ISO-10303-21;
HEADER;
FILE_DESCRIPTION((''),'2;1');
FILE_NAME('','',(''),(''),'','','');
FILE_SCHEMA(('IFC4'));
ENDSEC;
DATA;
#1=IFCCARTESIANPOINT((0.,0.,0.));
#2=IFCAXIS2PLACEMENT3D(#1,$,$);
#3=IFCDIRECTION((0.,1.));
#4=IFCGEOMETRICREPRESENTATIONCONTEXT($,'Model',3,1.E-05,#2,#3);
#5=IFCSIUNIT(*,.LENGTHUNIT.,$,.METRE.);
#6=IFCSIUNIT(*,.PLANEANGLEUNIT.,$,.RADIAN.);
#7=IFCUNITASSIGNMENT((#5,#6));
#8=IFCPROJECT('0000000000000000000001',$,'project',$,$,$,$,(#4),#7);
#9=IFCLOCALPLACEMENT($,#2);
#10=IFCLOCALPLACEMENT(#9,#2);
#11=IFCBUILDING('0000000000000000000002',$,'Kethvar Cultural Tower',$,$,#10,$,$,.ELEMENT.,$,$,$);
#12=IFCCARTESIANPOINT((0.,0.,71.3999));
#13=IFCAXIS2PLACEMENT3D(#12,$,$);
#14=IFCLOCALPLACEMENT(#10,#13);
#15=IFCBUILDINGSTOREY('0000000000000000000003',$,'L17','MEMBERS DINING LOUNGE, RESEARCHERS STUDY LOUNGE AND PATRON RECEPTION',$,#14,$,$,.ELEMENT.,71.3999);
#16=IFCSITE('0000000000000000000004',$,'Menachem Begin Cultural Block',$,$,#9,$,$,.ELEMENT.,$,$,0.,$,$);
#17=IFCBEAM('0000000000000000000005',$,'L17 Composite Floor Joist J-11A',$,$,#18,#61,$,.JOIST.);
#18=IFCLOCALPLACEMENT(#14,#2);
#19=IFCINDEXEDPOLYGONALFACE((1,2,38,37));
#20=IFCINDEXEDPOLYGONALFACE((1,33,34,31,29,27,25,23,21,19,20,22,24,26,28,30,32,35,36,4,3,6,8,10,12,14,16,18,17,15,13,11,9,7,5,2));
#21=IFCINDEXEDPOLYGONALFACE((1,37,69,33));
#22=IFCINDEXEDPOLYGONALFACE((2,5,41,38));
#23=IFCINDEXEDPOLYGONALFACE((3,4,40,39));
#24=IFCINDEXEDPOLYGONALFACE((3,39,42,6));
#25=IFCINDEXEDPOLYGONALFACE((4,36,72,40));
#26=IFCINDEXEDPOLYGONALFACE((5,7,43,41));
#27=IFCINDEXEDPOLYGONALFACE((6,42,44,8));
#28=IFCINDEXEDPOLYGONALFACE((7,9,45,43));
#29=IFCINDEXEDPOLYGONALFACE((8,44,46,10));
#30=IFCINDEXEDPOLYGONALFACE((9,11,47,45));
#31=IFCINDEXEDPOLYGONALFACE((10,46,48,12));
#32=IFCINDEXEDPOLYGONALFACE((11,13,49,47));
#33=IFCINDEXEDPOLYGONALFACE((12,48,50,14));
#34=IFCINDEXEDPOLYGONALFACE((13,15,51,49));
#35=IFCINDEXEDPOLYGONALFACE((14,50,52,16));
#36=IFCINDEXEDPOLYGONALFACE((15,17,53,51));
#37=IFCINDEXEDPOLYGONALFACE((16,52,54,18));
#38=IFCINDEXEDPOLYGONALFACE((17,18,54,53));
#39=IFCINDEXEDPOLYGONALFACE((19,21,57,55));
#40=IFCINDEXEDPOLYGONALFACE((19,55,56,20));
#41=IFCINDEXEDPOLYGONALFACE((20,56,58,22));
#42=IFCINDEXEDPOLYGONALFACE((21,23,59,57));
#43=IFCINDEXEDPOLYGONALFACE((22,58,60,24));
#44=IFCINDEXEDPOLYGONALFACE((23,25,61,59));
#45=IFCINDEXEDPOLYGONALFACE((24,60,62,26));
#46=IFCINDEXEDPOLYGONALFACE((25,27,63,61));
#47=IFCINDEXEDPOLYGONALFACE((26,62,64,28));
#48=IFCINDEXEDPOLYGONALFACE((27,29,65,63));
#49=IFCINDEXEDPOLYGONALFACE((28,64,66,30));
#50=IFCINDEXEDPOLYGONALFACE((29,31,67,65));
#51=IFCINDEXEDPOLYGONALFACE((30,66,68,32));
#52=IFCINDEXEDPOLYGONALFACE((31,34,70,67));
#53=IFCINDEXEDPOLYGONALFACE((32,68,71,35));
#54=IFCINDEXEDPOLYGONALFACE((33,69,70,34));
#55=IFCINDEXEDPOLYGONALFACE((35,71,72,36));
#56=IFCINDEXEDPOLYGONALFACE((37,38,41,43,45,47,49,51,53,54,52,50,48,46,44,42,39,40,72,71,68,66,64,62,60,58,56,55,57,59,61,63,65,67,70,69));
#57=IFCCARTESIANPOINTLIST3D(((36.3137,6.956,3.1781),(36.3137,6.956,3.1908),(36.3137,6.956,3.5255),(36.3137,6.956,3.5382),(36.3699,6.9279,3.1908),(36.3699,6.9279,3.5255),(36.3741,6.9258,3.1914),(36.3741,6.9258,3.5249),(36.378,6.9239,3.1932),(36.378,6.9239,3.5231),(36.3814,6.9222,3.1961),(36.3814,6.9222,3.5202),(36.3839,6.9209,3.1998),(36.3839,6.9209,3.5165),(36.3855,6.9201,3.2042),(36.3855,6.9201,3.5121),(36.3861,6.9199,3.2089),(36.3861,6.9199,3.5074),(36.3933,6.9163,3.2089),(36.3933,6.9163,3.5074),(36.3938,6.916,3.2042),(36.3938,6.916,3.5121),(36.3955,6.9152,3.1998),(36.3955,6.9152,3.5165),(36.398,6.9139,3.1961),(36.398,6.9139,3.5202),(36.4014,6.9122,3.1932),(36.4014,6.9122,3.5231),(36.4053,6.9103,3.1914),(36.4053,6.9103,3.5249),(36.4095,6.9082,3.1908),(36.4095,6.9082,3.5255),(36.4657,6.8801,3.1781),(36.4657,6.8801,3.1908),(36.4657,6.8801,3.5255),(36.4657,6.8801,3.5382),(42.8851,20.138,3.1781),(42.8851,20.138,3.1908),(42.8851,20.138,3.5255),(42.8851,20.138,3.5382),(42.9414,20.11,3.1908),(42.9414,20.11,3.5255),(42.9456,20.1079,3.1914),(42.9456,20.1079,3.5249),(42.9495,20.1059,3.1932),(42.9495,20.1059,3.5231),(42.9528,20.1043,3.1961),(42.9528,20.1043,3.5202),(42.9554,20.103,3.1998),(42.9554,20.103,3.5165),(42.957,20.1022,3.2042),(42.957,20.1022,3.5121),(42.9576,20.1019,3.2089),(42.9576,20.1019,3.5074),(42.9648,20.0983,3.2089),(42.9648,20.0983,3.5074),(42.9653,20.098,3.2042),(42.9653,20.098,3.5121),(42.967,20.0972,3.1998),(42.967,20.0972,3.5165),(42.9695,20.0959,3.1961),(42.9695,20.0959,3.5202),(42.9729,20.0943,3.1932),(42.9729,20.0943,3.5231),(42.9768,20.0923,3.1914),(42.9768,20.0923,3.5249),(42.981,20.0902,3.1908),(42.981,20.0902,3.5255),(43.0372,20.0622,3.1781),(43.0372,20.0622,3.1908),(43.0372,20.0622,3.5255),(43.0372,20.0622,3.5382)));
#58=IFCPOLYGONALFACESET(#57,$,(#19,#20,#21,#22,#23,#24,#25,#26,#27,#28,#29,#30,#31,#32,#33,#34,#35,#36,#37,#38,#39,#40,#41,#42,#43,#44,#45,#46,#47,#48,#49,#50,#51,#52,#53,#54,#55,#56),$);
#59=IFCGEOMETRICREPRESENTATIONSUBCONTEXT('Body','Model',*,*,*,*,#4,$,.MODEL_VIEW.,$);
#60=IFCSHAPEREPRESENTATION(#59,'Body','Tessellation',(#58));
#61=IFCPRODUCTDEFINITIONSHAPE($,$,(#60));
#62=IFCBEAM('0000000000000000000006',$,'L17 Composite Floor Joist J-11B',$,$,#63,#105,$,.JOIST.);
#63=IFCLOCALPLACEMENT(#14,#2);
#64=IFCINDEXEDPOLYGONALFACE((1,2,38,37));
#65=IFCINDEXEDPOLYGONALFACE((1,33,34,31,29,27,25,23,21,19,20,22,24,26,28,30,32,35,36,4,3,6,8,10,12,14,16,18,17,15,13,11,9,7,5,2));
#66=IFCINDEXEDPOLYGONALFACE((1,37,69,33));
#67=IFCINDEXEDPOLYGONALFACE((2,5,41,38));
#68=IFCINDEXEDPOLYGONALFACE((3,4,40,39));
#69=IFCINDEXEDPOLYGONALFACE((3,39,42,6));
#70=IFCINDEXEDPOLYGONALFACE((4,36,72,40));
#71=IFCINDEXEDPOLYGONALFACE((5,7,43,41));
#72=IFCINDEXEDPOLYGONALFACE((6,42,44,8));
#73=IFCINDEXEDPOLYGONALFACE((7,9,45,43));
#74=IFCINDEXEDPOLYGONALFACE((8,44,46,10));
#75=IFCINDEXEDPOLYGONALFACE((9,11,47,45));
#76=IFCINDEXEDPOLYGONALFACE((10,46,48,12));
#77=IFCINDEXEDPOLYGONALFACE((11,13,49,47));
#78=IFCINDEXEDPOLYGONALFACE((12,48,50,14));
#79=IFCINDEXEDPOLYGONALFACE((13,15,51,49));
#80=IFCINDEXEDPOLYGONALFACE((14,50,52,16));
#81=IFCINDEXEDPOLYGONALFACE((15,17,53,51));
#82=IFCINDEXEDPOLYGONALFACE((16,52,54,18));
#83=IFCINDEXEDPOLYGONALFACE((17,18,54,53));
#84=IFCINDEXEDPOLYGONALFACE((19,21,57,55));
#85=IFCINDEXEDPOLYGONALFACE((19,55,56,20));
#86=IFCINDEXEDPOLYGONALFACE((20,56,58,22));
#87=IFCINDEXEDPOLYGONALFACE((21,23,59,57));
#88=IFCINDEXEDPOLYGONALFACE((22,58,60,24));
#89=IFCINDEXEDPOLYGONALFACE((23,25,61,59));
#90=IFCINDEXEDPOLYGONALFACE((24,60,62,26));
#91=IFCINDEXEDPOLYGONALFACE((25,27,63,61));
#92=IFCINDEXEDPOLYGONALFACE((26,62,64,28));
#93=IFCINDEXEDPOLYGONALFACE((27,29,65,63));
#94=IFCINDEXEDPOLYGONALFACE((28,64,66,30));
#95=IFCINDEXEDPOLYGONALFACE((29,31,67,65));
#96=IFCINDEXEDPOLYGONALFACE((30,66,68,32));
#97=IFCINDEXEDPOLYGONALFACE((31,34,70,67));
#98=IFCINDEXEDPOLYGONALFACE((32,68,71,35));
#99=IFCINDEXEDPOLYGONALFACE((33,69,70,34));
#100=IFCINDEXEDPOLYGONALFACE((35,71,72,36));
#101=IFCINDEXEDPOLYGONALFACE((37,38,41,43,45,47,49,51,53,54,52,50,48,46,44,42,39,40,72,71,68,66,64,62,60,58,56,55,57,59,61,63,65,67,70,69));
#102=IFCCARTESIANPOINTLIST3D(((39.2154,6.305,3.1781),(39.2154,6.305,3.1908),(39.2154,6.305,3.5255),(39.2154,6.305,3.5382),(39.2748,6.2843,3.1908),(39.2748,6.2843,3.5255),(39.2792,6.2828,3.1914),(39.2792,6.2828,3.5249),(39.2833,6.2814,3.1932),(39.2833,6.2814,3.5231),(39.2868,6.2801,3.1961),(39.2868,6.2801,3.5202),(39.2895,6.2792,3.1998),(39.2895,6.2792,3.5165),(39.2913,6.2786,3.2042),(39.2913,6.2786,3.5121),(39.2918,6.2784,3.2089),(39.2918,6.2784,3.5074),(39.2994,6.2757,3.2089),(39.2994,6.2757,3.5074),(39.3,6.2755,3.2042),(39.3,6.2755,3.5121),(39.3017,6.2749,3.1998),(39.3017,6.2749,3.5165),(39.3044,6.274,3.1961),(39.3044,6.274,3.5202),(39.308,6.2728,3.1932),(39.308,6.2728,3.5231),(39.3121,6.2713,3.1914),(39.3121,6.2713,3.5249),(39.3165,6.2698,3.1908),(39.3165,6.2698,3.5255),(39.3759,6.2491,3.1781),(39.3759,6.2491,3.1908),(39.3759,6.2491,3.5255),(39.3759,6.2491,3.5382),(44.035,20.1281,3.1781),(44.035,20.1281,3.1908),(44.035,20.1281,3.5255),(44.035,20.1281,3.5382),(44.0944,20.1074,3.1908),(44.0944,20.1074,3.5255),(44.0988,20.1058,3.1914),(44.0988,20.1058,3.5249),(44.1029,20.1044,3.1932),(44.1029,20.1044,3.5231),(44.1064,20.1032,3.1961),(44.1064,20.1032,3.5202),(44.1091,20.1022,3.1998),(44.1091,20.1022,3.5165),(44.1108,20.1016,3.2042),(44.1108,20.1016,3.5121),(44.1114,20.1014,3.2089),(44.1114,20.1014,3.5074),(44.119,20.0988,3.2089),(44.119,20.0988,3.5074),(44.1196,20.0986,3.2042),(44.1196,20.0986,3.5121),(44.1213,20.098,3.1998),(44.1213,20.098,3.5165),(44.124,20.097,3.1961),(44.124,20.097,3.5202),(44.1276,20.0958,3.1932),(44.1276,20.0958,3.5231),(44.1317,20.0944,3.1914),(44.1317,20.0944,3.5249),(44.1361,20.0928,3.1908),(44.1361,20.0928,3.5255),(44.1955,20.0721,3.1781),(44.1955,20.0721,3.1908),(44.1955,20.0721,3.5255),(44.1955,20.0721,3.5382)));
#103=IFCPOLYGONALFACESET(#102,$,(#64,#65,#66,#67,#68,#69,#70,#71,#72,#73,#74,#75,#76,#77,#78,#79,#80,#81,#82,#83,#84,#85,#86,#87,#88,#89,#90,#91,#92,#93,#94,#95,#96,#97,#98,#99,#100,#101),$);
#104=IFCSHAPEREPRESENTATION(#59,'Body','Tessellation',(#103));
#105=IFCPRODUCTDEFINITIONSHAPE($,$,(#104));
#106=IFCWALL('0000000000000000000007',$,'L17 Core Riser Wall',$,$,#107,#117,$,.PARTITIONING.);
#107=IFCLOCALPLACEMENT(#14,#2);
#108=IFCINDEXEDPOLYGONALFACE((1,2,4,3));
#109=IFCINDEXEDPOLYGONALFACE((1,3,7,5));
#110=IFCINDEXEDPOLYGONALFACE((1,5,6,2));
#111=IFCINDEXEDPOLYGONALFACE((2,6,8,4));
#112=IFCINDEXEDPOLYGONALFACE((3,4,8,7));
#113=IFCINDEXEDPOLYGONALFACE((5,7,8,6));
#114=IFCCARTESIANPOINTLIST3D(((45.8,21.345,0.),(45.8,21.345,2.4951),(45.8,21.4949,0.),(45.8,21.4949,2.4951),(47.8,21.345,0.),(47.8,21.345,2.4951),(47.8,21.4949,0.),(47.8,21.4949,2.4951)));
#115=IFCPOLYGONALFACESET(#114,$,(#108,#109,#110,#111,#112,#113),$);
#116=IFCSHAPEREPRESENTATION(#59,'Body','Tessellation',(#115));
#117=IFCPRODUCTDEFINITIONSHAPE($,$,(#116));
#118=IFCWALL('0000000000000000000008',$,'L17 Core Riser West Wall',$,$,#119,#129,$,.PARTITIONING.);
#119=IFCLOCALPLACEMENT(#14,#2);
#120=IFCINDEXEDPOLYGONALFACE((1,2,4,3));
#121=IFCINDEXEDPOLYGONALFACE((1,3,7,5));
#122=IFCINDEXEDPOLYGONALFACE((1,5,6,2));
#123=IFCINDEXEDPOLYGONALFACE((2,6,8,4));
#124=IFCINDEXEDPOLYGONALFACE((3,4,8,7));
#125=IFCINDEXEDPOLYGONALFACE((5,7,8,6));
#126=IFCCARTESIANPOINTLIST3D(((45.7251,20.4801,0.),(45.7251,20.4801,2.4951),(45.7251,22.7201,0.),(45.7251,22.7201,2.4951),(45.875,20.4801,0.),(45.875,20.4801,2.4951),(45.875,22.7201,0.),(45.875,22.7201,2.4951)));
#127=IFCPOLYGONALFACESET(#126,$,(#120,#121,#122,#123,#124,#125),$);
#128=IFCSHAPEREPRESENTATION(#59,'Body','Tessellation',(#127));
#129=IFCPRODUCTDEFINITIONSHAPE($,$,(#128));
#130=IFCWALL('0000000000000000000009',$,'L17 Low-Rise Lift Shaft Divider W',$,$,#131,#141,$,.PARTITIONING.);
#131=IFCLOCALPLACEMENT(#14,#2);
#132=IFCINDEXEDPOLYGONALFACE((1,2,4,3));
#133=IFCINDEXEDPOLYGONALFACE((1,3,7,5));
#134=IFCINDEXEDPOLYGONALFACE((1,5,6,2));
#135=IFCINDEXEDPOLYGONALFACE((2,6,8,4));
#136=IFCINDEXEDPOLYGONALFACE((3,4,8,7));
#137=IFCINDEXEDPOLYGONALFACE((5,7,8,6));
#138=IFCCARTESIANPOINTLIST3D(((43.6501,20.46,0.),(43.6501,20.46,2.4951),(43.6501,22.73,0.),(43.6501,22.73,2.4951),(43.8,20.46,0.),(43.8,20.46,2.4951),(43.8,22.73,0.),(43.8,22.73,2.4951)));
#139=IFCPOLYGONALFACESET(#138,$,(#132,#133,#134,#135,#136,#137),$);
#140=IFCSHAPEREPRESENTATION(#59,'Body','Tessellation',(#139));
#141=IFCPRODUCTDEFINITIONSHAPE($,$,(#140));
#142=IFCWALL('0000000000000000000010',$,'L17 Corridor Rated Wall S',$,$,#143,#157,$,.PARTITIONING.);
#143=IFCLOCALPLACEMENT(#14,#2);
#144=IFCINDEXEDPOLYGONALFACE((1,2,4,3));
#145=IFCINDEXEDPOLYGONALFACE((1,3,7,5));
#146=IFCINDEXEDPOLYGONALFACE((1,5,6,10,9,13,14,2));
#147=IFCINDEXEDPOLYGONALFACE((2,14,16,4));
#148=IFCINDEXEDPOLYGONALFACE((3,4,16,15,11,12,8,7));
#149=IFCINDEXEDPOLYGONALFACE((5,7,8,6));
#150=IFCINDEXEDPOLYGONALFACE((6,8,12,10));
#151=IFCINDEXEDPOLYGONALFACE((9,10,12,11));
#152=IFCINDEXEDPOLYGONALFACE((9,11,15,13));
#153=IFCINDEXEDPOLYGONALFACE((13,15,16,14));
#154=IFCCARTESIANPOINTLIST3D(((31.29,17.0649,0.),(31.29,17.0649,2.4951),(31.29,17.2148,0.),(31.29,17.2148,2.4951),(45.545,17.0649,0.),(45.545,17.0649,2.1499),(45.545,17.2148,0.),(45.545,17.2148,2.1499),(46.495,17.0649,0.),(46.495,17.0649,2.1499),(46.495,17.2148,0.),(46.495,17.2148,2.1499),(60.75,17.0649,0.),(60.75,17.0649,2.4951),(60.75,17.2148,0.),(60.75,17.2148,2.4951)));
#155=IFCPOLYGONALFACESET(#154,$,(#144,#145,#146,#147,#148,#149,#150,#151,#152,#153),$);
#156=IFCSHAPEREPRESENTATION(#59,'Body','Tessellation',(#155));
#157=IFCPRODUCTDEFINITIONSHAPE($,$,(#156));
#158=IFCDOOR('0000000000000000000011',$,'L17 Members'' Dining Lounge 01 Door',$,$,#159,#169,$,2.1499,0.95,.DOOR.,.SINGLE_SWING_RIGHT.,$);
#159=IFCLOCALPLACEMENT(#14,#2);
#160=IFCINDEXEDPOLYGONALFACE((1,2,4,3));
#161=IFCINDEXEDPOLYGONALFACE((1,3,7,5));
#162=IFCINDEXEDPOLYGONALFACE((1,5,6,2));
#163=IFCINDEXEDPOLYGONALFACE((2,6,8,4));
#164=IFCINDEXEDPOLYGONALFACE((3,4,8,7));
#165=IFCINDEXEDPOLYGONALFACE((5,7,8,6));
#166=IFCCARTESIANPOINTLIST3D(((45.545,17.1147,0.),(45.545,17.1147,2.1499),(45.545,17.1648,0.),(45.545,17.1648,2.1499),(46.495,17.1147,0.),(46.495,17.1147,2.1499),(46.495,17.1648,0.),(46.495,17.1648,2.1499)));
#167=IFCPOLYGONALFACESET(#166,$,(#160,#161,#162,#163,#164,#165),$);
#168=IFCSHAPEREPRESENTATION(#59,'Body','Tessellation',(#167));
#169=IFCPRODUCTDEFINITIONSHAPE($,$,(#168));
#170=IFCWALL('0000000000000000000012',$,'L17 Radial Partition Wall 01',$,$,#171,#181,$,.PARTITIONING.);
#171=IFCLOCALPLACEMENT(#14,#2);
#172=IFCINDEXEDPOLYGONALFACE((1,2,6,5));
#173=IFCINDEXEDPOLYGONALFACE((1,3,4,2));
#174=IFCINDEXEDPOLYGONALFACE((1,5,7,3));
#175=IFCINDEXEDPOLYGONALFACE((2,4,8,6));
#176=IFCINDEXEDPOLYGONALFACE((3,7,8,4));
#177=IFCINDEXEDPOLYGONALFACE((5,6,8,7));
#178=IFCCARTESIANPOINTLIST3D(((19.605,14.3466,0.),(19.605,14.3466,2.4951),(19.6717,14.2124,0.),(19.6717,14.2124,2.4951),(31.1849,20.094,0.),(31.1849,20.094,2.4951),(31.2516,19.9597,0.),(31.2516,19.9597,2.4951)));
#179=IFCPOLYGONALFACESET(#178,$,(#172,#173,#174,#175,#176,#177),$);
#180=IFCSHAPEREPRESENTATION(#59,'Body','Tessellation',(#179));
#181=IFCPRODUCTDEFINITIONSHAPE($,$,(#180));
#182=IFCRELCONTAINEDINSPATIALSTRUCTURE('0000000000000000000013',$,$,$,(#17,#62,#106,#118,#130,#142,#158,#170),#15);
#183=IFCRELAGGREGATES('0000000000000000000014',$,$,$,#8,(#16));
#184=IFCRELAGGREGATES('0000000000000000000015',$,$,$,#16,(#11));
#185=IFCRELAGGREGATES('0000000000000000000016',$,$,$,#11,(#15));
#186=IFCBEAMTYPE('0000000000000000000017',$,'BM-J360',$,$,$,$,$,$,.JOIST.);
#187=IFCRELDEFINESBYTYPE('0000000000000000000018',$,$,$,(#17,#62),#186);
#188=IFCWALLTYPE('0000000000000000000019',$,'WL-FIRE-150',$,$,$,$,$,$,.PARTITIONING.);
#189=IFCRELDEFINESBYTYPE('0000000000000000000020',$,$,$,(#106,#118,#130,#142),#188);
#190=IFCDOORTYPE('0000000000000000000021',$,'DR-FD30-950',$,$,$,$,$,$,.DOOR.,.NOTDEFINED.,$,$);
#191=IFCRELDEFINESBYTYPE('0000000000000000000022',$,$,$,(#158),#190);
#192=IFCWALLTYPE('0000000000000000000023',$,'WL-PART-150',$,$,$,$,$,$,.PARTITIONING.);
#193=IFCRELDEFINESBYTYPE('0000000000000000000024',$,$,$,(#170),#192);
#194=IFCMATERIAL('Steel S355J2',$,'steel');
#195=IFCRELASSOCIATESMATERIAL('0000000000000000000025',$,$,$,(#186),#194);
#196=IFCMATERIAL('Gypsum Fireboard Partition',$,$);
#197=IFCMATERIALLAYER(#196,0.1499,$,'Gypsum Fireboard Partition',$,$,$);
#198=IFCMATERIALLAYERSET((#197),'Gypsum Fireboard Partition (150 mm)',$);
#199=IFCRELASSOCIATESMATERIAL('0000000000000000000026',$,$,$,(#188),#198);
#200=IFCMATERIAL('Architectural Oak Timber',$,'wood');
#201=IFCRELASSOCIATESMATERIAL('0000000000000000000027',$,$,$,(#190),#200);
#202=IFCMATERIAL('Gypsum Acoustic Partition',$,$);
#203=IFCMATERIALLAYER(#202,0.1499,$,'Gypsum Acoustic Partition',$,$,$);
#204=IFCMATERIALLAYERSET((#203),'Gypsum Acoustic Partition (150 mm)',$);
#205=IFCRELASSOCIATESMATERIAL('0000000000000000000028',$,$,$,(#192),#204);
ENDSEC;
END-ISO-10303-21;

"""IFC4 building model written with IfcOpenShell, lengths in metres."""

from ifc_helpers import new_model, si_unit, direction, frame, frame_2d, origin, origin_2d, place, context, subcontext, project, spatial, rectangle, i_section, extrude, source, transform, mapped, material, layer, layer_set, material_profile, profile_set, type_object, element, fill, save


model = new_model("IFC4")

# Units and contexts
model_context = context("Model", 3, precision=1e-05, world=origin(), true_north=direction((0.0, 1.0)))
body_context = subcontext(model_context, "Body", "Model", "MODEL_VIEW")
ifc_project = project(units=[si_unit("LENGTHUNIT", "METRE"), si_unit("PLANEANGLEUNIT", "RADIAN")], contexts=[model_context])

# Site, building, storey
site_placement = place(None, origin())
site = spatial("IfcSite", under=ifc_project, at=site_placement, Name="Menachem Begin Cultural Block", CompositionType="ELEMENT", RefElevation=0.0)
building_placement = place(site_placement, origin())
building = spatial("IfcBuilding", under=site, at=building_placement, Name="Kethvar Cultural Tower", CompositionType="ELEMENT")
storey_placement = place(building_placement, frame((0.0, 0.0, 71.3999)))
storey = spatial("IfcBuildingStorey", under=building, at=storey_placement, Name="L17", Description="MEMBERS DINING LOUNGE, RESEARCHERS STUDY LOUNGE AND PATRON RECEPTION", CompositionType="ELEMENT", Elevation=71.3999)

# Beams
ifc_material_1 = material(Name="Steel S355J2", Category="steel")
ifc_material_profile_1 = material_profile(ifc_material_1, i_section(OverallWidth=0.1699, OverallDepth=0.3601, WebThickness=0.0081, FlangeThickness=0.0127, FilletRadius=0.0181, at=origin_2d()), Name="Steel S355J2 — IPE360")
ifc_profile_set_1 = profile_set([ifc_material_profile_1], Name="Steel S355J2 — IPE360")
beam_type_1 = type_object("IfcBeamType", Name="BM-J360", PredefinedType="JOIST", material=ifc_profile_set_1)
shared_shape_1 = source(origin(), body_context, "Body", "SweptSolid", [
    extrude(i_section(OverallWidth=0.1699, OverallDepth=0.3601, WebThickness=0.0081, FlangeThickness=0.0127, FilletRadius=0.0181, at=origin_2d()), origin(), (0.0, 0.0, 1.0), 14.7292),
])
beam_1_placement = place(storey_placement, frame((42.9612, 20.1001, 3.3582), z_axis=(-0.446152, -0.894957, 0.0), x_axis=(0.894957, -0.446152, 0.0)))
element("IfcBeam", 1, at=beam_1_placement, inside=storey, type_object=beam_type_1, Name="L17 Composite Floor Joist J-11A", PredefinedType="JOIST", context=body_context, shape_type="MappedRepresentation", body=[
    mapped(shared_shape_1, transform((0.0, 0.0, 0.0), scale=1.0)),
])
shared_shape_2 = source(origin(), body_context, "Body", "SweptSolid", [
    extrude(i_section(OverallWidth=0.1699, OverallDepth=0.3601, WebThickness=0.0081, FlangeThickness=0.0127, FilletRadius=0.0181, at=origin_2d()), origin(), (0.0, 0.0, 1.0), 14.6392),
])
beam_2_placement = place(storey_placement, frame((44.1152, 20.1001, 3.3582), z_axis=(-0.329226, -0.944251, 0.0), x_axis=(0.944251, -0.329226, 0.0)))
element("IfcBeam", 2, at=beam_2_placement, inside=storey, type_object=beam_type_1, Name="L17 Composite Floor Joist J-11B", PredefinedType="JOIST", context=body_context, shape_type="MappedRepresentation", body=[
    mapped(shared_shape_2, transform((0.0, 0.0, 0.0), scale=1.0)),
])

# Walls
ifc_material_2 = material(Name="Gypsum Fireboard Partition")
ifc_layer_1 = layer(ifc_material_2, 0.1499, Name="Gypsum Fireboard Partition")
ifc_layer_set_1 = layer_set([ifc_layer_1], Name="Gypsum Fireboard Partition (150 mm)")
wall_type_1 = type_object("IfcWallType", Name="WL-FIRE-150", PredefinedType="PARTITIONING", material=ifc_layer_set_1)
wall_1_placement = place(storey_placement, frame((45.8, 21.4199, 0.0), z_axis=(0.0, 0.0, 1.0), x_axis=(1.0, 0.0, 0.0)))
element("IfcWall", 3, at=wall_1_placement, inside=storey, type_object=wall_type_1, Name="L17 Core Riser Wall", PredefinedType="PARTITIONING", context=body_context, shape_type="SweptSolid", body=[
    extrude(rectangle(XDim=2.0, YDim=0.1499, at=frame_2d((1.0, 0.0))), origin(), (0.0, 0.0, 1.0), 2.4951),
])
wall_2_placement = place(storey_placement, frame((45.8, 20.48, 0.0), z_axis=(0.0, 0.0, 1.0), x_axis=(0.0, 1.0, 0.0)))
element("IfcWall", 4, at=wall_2_placement, inside=storey, type_object=wall_type_1, Name="L17 Core Riser West Wall", PredefinedType="PARTITIONING", context=body_context, shape_type="SweptSolid", body=[
    extrude(rectangle(XDim=2.24, YDim=0.1499, at=frame_2d((1.1201, 0.0))), origin(), (0.0, 0.0, 1.0), 2.4951),
])
wall_3_placement = place(storey_placement, frame((43.7251, 20.46, 0.0), z_axis=(0.0, 0.0, 1.0), x_axis=(0.0, 1.0, 0.0)))
element("IfcWall", 5, at=wall_3_placement, inside=storey, type_object=wall_type_1, Name="L17 Low-Rise Lift Shaft Divider W", PredefinedType="PARTITIONING", context=body_context, shape_type="SweptSolid", body=[
    extrude(rectangle(XDim=2.27, YDim=0.1499, at=frame_2d((1.135, 0.0))), origin(), (0.0, 0.0, 1.0), 2.4951),
])

# Wall, opening, door
wall_4_placement = place(storey_placement, frame((31.29, 17.1399, 0.0), z_axis=(0.0, 0.0, 1.0), x_axis=(1.0, 0.0, 0.0)))
wall_4 = element("IfcWall", 6, at=wall_4_placement, inside=storey, type_object=wall_type_1, Name="L17 Corridor Rated Wall S", PredefinedType="PARTITIONING", context=body_context, shape_type="SweptSolid", body=[
    extrude(rectangle(XDim=29.46, YDim=0.1499, at=frame_2d((14.73, 0.0))), origin(), (0.0, 0.0, 1.0), 2.4951),
])
opening_1_placement = place(wall_4_placement, frame((14.2549, 0.0, 0.0)))
opening_1 = element("IfcOpeningElement", 7, at=opening_1_placement, cuts=wall_4, PredefinedType="OPENING", context=body_context, shape_type="SweptSolid", body=[
    extrude(rectangle(XDim=0.95, YDim=2.1499, at=frame_2d((0.4751, 1.075))), frame((0.0, 0.085, 0.0), z_axis=(0.0, -1.0, 0.0), x_axis=(1.0, 0.0, 0.0)), (0.0, 0.0, 1.0), 0.1699),
])
ifc_material_3 = material(Name="Architectural Oak Timber", Category="wood")
door_type_1 = type_object("IfcDoorType", Name="DR-FD30-950", OperationType="NOTDEFINED", PredefinedType="DOOR", material=ifc_material_3)
shared_shape_3 = source(origin(), body_context, "Body", "SweptSolid", [
    extrude(rectangle(XDim=0.95, YDim=2.1499, at=frame_2d((0.4751, 1.075))), frame((0.0, 0.0249, 0.0), z_axis=(0.0, -1.0, 0.0), x_axis=(1.0, 0.0, 0.0)), (0.0, 0.0, 1.0), 0.05),
])
door_1_placement = place(opening_1_placement, origin())
door_1 = element("IfcDoor", 8, at=door_1_placement, inside=storey, type_object=door_type_1, Name="L17 Members' Dining Lounge 01 Door", OperationType="SINGLE_SWING_RIGHT", OverallHeight=2.1499, OverallWidth=0.95, PredefinedType="DOOR", context=body_context, shape_type="MappedRepresentation", body=[
    mapped(shared_shape_3, transform((0.0, 0.0, 0.0), scale=1.0)),
])
fill(opening_1, door_1)

# Wall
ifc_material_4 = material(Name="Gypsum Acoustic Partition")
ifc_layer_2 = layer(ifc_material_4, 0.1499, Name="Gypsum Acoustic Partition")
ifc_layer_set_2 = layer_set([ifc_layer_2], Name="Gypsum Acoustic Partition (150 mm)")
wall_type_2 = type_object("IfcWallType", Name="WL-PART-150", PredefinedType="PARTITIONING", material=ifc_layer_set_2)
wall_5_placement = place(storey_placement, frame((31.2183, 20.0269, 0.0), z_axis=(0.0, 0.0, 1.0), x_axis=(-0.895741, -0.444575, 0.0)))
element("IfcWall", 9, at=wall_5_placement, inside=storey, type_object=wall_type_2, Name="L17 Radial Partition Wall 01", PredefinedType="PARTITIONING", context=body_context, shape_type="SweptSolid", body=[
    extrude(rectangle(XDim=12.9277, YDim=0.1499, at=frame_2d((6.4639, 0.0))), origin(), (0.0, 0.0, 1.0), 2.4951),
])

save(model, "model.ifc")
